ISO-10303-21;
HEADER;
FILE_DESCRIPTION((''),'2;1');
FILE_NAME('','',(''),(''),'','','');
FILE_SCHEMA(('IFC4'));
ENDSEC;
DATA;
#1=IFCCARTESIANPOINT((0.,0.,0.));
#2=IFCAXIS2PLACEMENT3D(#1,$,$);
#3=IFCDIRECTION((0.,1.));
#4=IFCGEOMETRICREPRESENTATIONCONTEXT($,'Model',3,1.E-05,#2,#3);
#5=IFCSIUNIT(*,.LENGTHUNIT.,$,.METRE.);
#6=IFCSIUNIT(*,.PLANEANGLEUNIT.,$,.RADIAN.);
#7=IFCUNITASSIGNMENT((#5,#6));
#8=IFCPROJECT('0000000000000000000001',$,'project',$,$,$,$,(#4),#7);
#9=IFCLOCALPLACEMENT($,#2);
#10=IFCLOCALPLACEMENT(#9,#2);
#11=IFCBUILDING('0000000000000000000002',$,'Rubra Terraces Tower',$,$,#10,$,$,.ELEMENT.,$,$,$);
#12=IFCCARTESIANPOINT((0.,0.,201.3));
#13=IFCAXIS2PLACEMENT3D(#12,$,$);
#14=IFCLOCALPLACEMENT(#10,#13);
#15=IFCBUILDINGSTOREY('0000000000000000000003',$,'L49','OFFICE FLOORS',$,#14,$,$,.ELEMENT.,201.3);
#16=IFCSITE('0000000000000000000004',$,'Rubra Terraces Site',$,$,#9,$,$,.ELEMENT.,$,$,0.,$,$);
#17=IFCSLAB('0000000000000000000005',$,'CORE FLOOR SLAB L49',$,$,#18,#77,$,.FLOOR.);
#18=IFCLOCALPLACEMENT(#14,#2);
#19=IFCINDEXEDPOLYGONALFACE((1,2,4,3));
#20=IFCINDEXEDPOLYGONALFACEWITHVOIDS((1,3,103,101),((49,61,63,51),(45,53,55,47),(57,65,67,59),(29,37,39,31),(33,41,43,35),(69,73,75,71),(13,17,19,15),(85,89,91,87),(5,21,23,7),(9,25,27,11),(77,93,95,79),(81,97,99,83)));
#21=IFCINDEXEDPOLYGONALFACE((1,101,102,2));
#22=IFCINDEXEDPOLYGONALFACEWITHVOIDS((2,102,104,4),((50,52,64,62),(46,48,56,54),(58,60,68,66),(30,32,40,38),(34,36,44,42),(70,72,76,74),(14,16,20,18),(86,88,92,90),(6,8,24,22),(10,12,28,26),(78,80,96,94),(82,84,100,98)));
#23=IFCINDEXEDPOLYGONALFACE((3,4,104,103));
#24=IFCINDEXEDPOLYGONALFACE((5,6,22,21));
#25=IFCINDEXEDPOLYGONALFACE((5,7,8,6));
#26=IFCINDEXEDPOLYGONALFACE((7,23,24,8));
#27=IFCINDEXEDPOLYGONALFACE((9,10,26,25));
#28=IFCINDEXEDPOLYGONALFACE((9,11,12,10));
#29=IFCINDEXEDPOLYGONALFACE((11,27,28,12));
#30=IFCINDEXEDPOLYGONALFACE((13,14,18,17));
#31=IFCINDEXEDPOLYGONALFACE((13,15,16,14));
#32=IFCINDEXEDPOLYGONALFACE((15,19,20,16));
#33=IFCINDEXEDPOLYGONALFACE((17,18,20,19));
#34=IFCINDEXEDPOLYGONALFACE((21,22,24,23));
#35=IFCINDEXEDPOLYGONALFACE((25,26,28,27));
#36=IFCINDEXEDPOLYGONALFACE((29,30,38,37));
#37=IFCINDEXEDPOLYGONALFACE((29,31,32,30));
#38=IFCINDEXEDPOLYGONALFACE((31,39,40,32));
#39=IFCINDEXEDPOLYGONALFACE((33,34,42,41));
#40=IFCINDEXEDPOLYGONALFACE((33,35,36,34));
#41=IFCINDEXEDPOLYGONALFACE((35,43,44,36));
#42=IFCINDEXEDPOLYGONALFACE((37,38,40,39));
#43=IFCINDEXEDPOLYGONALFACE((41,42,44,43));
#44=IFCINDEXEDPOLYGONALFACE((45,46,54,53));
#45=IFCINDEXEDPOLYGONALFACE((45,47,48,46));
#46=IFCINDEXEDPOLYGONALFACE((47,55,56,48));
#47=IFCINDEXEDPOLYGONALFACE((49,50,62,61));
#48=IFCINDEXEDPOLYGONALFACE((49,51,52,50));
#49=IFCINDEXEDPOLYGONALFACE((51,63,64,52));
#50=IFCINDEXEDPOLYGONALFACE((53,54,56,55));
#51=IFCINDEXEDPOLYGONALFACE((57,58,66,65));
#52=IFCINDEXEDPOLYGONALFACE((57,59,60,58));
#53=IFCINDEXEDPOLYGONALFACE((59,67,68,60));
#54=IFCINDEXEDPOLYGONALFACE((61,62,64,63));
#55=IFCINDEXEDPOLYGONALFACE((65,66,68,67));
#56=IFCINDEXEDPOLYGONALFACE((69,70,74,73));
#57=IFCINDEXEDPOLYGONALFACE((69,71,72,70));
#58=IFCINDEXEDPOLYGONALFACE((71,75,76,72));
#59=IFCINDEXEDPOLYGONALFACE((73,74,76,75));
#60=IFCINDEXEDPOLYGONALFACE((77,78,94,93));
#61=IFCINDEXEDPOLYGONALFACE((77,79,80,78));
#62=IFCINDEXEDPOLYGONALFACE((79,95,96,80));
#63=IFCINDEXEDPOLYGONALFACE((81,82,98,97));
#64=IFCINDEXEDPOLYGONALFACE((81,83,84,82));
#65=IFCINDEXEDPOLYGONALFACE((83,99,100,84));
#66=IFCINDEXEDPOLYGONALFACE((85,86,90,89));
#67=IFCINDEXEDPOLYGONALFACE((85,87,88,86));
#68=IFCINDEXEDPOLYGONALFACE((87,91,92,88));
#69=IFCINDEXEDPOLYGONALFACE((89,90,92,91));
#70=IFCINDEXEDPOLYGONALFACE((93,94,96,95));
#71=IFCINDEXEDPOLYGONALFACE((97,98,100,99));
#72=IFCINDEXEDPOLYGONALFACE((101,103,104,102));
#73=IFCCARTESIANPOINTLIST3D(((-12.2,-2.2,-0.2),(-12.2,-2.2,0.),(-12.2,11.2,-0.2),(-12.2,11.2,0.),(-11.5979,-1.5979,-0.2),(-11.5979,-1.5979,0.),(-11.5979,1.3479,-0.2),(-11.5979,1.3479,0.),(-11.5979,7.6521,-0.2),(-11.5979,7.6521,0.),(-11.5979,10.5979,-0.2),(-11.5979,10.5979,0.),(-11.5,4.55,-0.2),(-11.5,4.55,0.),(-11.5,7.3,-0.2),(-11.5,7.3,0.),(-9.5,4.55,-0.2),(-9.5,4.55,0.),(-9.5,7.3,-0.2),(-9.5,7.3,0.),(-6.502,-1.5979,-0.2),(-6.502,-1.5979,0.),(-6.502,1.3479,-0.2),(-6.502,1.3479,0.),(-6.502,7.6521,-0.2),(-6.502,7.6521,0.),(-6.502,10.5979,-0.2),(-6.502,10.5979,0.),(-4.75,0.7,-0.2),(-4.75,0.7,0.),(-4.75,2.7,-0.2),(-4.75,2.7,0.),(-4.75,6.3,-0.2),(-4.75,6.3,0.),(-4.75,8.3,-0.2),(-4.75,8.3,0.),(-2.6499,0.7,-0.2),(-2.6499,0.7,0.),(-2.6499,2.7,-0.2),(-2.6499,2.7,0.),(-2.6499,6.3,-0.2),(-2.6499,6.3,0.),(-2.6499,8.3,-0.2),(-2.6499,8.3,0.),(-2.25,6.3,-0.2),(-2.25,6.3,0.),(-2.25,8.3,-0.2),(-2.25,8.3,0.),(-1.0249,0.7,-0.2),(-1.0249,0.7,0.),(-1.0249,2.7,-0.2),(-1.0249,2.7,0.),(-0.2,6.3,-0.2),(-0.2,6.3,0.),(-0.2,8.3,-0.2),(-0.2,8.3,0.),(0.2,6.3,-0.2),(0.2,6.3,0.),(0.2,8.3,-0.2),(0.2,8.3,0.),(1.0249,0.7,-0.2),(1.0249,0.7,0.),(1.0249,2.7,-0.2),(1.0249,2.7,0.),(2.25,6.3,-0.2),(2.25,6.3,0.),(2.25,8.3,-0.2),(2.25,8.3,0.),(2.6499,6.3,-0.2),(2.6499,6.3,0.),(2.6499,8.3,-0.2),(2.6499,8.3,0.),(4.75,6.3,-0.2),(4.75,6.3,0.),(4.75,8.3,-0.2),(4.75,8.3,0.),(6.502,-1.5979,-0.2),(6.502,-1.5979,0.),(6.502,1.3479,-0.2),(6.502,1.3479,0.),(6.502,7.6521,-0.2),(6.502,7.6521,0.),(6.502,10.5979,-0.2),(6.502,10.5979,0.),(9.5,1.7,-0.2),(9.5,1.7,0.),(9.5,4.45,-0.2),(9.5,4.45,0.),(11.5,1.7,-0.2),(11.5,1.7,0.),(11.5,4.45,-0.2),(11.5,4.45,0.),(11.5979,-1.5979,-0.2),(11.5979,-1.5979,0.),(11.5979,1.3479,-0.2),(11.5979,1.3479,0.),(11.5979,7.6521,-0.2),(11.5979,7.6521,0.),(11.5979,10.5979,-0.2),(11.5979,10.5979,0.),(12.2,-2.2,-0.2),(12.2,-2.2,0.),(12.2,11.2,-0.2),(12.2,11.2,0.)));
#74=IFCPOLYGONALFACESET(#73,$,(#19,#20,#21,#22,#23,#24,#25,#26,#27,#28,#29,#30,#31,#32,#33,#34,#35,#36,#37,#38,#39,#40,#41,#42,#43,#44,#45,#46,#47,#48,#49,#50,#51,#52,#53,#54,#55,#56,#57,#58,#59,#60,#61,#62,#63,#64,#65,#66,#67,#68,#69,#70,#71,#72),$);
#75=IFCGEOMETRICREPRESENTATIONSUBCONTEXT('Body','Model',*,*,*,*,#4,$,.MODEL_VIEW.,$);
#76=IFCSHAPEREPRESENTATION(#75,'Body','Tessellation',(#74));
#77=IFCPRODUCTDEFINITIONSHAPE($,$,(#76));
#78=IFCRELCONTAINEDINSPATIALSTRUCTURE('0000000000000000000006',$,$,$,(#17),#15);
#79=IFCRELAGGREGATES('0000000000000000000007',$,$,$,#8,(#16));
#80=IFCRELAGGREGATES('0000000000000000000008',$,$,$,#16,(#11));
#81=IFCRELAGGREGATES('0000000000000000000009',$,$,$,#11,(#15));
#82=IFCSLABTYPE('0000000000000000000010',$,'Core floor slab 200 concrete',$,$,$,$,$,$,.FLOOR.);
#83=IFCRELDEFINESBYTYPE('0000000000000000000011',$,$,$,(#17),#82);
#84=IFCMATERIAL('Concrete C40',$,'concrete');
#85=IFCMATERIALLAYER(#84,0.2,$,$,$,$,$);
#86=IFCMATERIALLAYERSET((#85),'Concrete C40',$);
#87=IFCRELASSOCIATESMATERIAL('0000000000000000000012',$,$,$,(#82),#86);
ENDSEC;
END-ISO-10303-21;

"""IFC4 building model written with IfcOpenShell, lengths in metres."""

from ifc_helpers import new_model, si_unit, direction, frame, origin, place, context, subcontext, project, spatial, polyline, outline, extrude, material, layer, layer_set, type_object, element, save


model = new_model("IFC4")

# Units and contexts
model_context = context("Model", 3, precision=1e-05, world=origin(), true_north=direction((0.0, 1.0)))
body_context = subcontext(model_context, "Body", "Model", "MODEL_VIEW")
ifc_project = project(units=[si_unit("LENGTHUNIT", "METRE"), si_unit("PLANEANGLEUNIT", "RADIAN")], contexts=[model_context])

# Site, building, storey
site_placement = place(None, origin())
site = spatial("IfcSite", under=ifc_project, at=site_placement, Name="Rubra Terraces Site", CompositionType="ELEMENT", RefElevation=0.0)
building_placement = place(site_placement, origin())
building = spatial("IfcBuilding", under=site, at=building_placement, Name="Rubra Terraces Tower", CompositionType="ELEMENT")
storey_placement = place(building_placement, frame((0.0, 0.0, 201.3)))
storey = spatial("IfcBuildingStorey", under=building, at=storey_placement, Name="L49", Description="OFFICE FLOORS", CompositionType="ELEMENT", Elevation=201.3)

# Slab
ifc_material_1 = material(Name="Concrete C40", Category="concrete")
ifc_layer_1 = layer(ifc_material_1, 0.2)
ifc_layer_set_1 = layer_set([ifc_layer_1], Name="Concrete C40")
slab_type_1 = type_object("IfcSlabType", Name="Core floor slab 200 concrete", PredefinedType="FLOOR", material=ifc_layer_set_1)
slab_1_placement = place(storey_placement, frame((0.0, 0.0, -0.2)))
element("IfcSlab", 1, at=slab_1_placement, inside=storey, type_object=slab_type_1, Name="CORE FLOOR SLAB L49", PredefinedType="FLOOR", context=body_context, shape_type="SweptSolid", body=[
    extrude(outline(polyline([(-12.2, -2.2), (-12.2, 11.2), (12.2, 11.2), (12.2, -2.2), (-12.2, -2.2)]), holes=[polyline([(11.5979, 1.3479), (6.502, 1.3479), (6.502, -1.5979), (11.5979, -1.5979), (11.5979, 1.3479)]), polyline([(11.5979, 7.6521), (11.5979, 10.5979), (6.502, 10.5979), (6.502, 7.6521), (11.5979, 7.6521)]), polyline([(9.5, 1.7), (11.5, 1.7), (11.5, 4.45), (9.5, 4.45), (9.5, 1.7)]), polyline([(4.75, 6.3), (4.75, 8.3), (2.6499, 8.3), (2.6499, 6.3), (4.75, 6.3)]), polyline([(2.25, 8.3), (0.2, 8.3), (0.2, 6.3), (2.25, 6.3), (2.25, 8.3)]), polyline([(1.0249, 0.7), (1.0249, 2.7), (-1.0249, 2.7), (-1.0249, 0.7), (1.0249, 0.7)]), polyline([(-0.2, 6.3), (-0.2, 8.3), (-2.25, 8.3), (-2.25, 6.3), (-0.2, 6.3)]), polyline([(-4.75, 8.3), (-4.75, 6.3), (-2.6499, 6.3), (-2.6499, 8.3), (-4.75, 8.3)]), polyline([(-2.6499, 0.7), (-2.6499, 2.7), (-4.75, 2.7), (-4.75, 0.7), (-2.6499, 0.7)]), polyline([(-11.5979, -1.5979), (-6.502, -1.5979), (-6.502, 1.3479), (-11.5979, 1.3479), (-11.5979, -1.5979)]), polyline([(-11.5979, 10.5979), (-11.5979, 7.6521), (-6.502, 7.6521), (-6.502, 10.5979), (-11.5979, 10.5979)]), polyline([(-9.5, 4.55), (-9.5, 7.3), (-11.5, 7.3), (-11.5, 4.55), (-9.5, 4.55)])]), origin(), (0.0, 0.0, 1.0), 0.2),
])

save(model, "model.ifc")
